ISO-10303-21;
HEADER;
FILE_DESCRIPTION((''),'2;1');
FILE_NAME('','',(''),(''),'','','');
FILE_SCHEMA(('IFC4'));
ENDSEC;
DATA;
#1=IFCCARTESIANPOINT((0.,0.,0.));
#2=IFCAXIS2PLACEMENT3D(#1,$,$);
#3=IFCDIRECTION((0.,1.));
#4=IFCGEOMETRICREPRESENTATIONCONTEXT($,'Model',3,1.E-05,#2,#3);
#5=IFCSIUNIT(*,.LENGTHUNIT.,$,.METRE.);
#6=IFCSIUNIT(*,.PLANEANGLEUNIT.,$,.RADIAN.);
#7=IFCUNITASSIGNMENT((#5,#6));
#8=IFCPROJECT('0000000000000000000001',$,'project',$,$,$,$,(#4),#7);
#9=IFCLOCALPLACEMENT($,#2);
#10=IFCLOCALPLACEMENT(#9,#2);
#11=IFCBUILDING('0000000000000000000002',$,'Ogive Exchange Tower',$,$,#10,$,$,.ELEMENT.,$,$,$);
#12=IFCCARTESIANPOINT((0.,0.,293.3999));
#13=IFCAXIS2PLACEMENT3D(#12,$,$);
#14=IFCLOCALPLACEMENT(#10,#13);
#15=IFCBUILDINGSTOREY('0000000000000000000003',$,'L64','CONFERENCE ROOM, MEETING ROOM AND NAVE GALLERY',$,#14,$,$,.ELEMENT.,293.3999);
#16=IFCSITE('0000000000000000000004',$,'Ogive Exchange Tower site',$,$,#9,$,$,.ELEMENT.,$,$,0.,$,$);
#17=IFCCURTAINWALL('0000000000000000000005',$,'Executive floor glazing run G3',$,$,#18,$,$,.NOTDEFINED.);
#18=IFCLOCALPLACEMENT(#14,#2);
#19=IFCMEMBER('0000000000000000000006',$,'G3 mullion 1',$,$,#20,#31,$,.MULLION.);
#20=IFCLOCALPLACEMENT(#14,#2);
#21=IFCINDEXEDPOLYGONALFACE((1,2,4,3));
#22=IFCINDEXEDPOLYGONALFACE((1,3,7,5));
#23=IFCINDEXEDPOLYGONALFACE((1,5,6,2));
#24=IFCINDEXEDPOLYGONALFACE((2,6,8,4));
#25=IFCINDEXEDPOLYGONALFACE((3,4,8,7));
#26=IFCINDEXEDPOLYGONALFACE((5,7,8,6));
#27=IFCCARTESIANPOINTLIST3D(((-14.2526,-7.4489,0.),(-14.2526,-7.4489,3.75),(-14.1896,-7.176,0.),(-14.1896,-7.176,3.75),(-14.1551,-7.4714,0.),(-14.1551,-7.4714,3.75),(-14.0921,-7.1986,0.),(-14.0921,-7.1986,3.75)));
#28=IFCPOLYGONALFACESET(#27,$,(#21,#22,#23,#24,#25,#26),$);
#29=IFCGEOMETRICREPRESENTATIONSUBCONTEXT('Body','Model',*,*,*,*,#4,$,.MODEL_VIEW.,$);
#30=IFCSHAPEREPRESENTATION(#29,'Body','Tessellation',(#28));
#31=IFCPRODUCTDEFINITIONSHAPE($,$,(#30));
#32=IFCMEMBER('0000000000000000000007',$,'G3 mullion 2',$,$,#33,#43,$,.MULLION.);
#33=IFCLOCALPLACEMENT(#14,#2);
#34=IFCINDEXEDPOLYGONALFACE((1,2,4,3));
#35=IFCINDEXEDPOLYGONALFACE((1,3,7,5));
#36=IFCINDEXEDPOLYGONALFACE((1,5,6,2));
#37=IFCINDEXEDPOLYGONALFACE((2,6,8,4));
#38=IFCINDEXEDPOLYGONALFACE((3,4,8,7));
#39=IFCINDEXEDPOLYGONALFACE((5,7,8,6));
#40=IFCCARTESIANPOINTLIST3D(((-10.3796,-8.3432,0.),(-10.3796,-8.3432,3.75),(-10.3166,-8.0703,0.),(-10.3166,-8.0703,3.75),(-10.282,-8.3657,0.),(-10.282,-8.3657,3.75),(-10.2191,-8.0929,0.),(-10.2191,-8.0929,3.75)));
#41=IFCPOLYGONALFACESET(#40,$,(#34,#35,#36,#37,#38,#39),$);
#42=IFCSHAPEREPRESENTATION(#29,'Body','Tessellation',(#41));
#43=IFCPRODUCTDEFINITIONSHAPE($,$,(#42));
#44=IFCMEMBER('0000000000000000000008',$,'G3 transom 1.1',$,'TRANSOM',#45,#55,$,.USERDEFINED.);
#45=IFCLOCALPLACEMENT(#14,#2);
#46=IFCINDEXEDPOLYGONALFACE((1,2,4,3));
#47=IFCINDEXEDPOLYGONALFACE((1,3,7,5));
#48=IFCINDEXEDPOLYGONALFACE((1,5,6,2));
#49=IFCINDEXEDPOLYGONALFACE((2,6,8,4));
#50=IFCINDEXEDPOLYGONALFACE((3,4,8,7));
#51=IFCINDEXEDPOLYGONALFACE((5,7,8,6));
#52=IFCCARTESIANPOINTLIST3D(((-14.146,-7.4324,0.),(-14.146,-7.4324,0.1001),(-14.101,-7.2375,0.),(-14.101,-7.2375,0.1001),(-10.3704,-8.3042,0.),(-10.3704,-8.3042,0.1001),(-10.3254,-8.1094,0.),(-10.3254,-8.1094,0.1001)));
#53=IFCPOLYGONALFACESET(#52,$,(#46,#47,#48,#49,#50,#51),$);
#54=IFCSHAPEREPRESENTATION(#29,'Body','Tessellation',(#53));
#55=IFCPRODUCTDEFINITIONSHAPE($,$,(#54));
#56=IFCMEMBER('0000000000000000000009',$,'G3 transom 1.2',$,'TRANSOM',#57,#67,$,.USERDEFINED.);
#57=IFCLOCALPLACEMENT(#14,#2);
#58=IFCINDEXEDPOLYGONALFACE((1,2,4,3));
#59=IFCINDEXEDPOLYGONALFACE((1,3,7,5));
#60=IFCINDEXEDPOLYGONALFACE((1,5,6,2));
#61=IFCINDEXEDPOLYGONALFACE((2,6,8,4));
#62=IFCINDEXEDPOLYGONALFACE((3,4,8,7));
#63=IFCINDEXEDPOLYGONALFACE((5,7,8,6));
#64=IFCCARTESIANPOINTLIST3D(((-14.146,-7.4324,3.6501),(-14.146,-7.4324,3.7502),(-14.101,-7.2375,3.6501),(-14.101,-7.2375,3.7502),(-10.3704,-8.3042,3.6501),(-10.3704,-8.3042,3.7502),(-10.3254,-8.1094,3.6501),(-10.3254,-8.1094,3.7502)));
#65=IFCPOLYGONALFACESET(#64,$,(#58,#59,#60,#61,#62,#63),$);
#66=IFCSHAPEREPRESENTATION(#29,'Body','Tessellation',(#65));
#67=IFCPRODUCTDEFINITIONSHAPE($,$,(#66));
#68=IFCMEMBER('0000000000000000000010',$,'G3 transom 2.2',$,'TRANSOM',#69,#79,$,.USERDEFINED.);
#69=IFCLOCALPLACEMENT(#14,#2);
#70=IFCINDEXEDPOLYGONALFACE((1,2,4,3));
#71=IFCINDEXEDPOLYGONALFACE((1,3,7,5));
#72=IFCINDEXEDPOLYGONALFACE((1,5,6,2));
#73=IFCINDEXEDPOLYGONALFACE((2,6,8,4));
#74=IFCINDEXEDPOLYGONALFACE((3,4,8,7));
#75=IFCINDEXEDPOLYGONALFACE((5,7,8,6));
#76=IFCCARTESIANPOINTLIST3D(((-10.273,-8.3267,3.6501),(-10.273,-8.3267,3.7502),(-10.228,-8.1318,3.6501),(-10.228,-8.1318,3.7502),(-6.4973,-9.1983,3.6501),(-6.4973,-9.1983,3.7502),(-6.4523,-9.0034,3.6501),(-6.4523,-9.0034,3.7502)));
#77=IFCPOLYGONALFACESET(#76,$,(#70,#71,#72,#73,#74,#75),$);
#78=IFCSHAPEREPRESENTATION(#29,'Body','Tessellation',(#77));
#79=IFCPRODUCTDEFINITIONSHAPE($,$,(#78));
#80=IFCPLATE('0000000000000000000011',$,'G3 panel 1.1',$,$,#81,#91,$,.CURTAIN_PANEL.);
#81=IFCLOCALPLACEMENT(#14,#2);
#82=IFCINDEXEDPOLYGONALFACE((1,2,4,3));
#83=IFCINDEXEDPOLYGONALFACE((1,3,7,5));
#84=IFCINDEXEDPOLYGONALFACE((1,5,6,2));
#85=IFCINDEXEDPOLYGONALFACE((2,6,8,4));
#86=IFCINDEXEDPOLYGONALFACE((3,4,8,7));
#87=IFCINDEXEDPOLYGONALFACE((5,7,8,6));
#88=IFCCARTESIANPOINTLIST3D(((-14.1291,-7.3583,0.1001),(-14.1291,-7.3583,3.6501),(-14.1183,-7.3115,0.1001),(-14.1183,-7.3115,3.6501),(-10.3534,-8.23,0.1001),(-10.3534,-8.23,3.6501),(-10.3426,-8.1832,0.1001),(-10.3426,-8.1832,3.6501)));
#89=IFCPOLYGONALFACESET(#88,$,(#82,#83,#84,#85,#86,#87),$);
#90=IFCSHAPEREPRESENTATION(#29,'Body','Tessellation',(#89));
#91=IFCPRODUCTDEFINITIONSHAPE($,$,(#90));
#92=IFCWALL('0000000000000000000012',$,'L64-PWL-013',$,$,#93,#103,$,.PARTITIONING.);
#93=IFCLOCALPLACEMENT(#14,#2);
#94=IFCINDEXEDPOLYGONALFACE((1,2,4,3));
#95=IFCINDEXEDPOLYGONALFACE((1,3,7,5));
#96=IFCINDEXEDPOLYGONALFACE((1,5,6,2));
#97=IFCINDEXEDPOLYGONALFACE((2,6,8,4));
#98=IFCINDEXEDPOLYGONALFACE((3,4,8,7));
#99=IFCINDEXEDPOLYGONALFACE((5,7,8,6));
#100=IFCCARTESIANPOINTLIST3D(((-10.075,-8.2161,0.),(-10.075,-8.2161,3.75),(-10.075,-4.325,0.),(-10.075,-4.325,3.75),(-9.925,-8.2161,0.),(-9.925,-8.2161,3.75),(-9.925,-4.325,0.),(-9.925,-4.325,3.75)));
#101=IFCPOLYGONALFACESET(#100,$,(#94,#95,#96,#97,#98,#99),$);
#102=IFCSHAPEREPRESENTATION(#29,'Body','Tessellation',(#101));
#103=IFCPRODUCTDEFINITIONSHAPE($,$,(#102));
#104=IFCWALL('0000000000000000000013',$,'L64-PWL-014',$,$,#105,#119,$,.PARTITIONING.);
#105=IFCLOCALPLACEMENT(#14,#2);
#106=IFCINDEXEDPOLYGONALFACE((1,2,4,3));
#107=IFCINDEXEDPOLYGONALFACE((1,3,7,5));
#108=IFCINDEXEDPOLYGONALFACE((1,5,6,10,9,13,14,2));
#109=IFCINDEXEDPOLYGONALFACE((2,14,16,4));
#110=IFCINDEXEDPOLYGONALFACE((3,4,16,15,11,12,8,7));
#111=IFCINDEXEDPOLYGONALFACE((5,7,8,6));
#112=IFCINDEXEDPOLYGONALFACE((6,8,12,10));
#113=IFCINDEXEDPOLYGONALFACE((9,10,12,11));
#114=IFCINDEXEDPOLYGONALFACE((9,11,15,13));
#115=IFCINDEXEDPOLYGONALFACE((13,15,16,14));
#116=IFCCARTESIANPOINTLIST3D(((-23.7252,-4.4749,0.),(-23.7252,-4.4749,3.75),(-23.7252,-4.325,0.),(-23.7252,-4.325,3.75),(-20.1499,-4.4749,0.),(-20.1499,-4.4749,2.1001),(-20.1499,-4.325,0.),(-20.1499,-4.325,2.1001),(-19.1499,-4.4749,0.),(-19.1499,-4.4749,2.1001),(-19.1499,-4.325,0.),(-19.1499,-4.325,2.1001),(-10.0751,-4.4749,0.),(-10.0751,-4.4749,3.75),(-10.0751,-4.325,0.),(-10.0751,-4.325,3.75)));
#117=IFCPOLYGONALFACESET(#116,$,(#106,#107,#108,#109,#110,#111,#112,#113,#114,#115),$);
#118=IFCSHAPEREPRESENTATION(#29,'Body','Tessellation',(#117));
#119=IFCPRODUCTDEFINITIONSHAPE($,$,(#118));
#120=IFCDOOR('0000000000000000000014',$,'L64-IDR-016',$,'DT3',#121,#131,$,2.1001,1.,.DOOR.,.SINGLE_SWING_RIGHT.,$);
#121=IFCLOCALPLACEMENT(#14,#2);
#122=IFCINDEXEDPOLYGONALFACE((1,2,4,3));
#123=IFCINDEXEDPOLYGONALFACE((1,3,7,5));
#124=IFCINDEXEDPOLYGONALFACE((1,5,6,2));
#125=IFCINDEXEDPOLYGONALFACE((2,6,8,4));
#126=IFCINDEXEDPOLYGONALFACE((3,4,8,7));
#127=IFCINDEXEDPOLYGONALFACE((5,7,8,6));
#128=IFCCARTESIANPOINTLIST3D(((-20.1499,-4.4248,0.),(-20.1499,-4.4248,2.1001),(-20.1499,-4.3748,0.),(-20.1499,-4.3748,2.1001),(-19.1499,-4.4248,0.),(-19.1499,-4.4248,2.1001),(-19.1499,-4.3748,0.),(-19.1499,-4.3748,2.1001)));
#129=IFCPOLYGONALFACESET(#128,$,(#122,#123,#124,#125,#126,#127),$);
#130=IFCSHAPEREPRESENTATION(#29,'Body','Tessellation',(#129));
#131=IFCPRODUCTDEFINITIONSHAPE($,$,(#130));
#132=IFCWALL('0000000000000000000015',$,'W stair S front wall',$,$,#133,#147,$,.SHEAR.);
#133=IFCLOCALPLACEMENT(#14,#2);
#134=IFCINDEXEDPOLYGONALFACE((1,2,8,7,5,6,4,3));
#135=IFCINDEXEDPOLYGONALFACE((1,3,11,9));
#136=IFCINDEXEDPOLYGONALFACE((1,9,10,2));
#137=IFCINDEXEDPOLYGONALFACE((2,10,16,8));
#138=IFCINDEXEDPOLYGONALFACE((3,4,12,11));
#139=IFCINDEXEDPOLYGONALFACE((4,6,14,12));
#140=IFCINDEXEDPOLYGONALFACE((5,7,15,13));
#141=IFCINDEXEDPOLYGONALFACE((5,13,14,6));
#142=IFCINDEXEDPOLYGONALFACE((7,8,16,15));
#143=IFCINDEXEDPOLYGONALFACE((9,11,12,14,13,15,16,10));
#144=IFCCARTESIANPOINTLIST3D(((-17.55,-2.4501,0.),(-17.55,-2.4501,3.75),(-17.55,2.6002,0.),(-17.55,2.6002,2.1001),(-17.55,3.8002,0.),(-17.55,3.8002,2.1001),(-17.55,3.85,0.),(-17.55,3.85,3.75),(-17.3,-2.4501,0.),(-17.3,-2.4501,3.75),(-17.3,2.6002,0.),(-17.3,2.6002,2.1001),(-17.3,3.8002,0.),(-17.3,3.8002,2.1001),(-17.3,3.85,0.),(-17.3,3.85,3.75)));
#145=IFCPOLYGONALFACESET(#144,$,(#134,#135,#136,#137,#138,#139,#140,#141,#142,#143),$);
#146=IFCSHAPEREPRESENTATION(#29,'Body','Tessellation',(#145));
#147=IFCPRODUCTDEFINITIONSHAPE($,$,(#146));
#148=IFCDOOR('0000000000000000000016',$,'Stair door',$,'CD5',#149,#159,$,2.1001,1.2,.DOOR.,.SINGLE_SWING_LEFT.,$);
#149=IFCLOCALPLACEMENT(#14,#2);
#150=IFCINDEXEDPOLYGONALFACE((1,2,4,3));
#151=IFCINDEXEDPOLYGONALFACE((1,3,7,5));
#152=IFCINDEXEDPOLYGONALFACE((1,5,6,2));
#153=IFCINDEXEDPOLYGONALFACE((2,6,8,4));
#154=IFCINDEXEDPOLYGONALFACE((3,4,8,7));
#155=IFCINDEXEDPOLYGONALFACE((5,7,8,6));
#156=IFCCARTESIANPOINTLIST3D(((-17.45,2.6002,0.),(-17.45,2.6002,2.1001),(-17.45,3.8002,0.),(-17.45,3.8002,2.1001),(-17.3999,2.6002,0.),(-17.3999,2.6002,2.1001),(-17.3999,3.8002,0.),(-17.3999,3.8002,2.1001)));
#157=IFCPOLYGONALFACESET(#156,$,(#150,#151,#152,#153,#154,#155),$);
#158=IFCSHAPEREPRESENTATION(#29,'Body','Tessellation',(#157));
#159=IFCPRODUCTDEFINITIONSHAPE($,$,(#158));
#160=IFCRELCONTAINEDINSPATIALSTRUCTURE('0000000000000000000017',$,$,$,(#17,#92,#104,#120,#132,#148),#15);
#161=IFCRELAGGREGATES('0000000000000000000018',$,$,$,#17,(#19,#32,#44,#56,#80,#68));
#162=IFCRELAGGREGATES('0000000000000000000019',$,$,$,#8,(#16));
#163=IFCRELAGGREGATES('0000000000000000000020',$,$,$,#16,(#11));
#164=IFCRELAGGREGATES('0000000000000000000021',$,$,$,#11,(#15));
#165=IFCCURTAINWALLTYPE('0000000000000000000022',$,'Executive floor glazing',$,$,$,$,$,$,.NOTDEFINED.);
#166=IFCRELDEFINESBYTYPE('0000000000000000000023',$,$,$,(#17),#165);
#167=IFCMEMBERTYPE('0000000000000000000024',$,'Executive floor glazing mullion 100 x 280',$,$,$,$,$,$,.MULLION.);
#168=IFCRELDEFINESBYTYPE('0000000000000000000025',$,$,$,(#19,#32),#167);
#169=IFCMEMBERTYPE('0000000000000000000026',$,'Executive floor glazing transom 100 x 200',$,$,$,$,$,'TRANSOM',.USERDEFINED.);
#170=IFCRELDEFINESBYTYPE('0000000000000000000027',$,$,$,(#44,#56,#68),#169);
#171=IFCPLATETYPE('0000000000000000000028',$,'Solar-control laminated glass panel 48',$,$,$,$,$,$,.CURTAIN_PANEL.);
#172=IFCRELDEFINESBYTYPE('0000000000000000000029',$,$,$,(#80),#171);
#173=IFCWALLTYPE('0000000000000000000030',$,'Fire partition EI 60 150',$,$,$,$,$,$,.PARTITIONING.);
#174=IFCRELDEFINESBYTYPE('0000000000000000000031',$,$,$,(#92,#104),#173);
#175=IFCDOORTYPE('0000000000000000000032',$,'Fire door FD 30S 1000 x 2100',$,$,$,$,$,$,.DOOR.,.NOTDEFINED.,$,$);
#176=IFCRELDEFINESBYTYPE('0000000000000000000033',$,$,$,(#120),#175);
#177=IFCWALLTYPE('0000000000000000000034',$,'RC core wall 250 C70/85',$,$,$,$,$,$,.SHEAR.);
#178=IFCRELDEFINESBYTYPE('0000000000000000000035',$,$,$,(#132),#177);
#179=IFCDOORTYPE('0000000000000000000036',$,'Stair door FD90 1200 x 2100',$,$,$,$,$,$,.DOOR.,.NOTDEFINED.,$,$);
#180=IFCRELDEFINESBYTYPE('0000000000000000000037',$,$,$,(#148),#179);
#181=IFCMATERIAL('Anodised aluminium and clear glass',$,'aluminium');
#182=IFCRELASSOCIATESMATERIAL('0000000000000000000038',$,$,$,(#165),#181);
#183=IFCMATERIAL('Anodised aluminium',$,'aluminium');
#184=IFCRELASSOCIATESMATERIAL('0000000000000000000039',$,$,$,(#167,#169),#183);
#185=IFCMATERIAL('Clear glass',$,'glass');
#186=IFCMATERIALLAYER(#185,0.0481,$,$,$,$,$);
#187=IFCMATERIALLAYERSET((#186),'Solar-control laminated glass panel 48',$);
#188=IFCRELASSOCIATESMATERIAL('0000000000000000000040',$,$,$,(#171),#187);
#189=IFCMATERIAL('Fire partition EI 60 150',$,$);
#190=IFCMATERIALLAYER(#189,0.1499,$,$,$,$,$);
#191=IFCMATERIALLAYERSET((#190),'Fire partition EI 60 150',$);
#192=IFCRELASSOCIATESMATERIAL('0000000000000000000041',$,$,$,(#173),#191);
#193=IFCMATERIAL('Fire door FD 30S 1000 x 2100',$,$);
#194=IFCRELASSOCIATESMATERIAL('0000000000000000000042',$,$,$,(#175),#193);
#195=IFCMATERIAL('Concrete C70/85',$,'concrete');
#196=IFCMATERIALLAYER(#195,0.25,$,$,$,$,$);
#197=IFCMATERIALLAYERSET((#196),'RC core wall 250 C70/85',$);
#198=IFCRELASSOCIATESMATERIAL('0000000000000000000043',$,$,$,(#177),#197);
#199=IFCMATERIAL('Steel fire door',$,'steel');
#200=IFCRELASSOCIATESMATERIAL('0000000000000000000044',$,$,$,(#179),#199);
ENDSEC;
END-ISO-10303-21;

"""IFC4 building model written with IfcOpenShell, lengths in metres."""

from ifc_helpers import new_model, si_unit, direction, frame, frame_2d, origin, origin_2d, place, context, subcontext, project, spatial, rectangle, extrude, material, layer, layer_set, material_profile, profile_set, type_object, element, fill, aggregate, save


model = new_model("IFC4")

# Units and contexts
model_context = context("Model", 3, precision=1e-05, world=origin(), true_north=direction((0.0, 1.0)))
body_context = subcontext(model_context, "Body", "Model", "MODEL_VIEW")
ifc_project = project(units=[si_unit("LENGTHUNIT", "METRE"), si_unit("PLANEANGLEUNIT", "RADIAN")], contexts=[model_context])

# Site, building, storey
site_placement = place(None, origin())
site = spatial("IfcSite", under=ifc_project, at=site_placement, Name="Ogive Exchange Tower site", CompositionType="ELEMENT", RefElevation=0.0)
building_placement = place(site_placement, origin())
building = spatial("IfcBuilding", under=site, at=building_placement, Name="Ogive Exchange Tower", CompositionType="ELEMENT")
storey_placement = place(building_placement, frame((0.0, 0.0, 293.3999)))
storey = spatial("IfcBuildingStorey", under=building, at=storey_placement, Name="L64", Description="CONFERENCE ROOM, MEETING ROOM AND NAVE GALLERY", CompositionType="ELEMENT", Elevation=293.3999)

# Curtain wall, members, plate
ifc_material_1 = material(Name="Anodised aluminium and clear glass", Category="aluminium")
curtain_wall_type = type_object("IfcCurtainWallType", Name="Executive floor glazing", PredefinedType="NOTDEFINED", material=ifc_material_1)
curtain_wall_placement = place(storey_placement, origin())
curtain_wall = element("IfcCurtainWall", 1, at=curtain_wall_placement, inside=storey, type_object=curtain_wall_type, Name="Executive floor glazing run G3", PredefinedType="NOTDEFINED")
ifc_material_2 = material(Name="Anodised aluminium", Category="aluminium")
ifc_material_profile_1 = material_profile(ifc_material_2, rectangle(XDim=0.28, YDim=0.1001, at=origin_2d()), Name="AL 100x280")
ifc_profile_set_1 = profile_set([ifc_material_profile_1], Name="Anodised aluminium")
member_type_1 = type_object("IfcMemberType", Name="Executive floor glazing mullion 100 x 280", PredefinedType="MULLION", material=ifc_profile_set_1)
member_1_placement = place(storey_placement, frame((-14.1724, -7.3237, 0.0), z_axis=(0.0, 0.0, 1.0), x_axis=(0.224958, 0.974368, 0.0)))
member_1 = element("IfcMember", 2, at=member_1_placement, type_object=member_type_1, Name="G3 mullion 1", PredefinedType="MULLION", context=body_context, shape_type="SweptSolid", body=[
    extrude(rectangle(XDim=0.28, YDim=0.1001, at=origin_2d()), origin(), (0.0, 0.0, 1.0), 3.75),
])
member_2_placement = place(storey_placement, frame((-10.2993, -8.218, 0.0), z_axis=(0.0, 0.0, 1.0), x_axis=(0.224958, 0.974368, 0.0)))
member_2 = element("IfcMember", 3, at=member_2_placement, type_object=member_type_1, Name="G3 mullion 2", PredefinedType="MULLION", context=body_context, shape_type="SweptSolid", body=[
    extrude(rectangle(XDim=0.28, YDim=0.1001, at=origin_2d()), origin(), (0.0, 0.0, 1.0), 3.75),
])
ifc_material_profile_2 = material_profile(ifc_material_2, rectangle(XDim=0.2, YDim=0.1001, at=origin_2d()), Name="AL 100x200")
ifc_profile_set_2 = profile_set([ifc_material_profile_2], Name="Anodised aluminium")
member_type_2 = type_object("IfcMemberType", Name="Executive floor glazing transom 100 x 200", ElementType="TRANSOM", PredefinedType="USERDEFINED", material=ifc_profile_set_2)
member_3_placement = place(storey_placement, frame((-14.1235, -7.335, 0.05), z_axis=(0.974361, -0.224988, 0.0), x_axis=(0.224988, 0.974361, 0.0)))
member_3 = element("IfcMember", 4, at=member_3_placement, type_object=member_type_2, Name="G3 transom 1.1", ObjectType="TRANSOM", PredefinedType="USERDEFINED", context=body_context, shape_type="SweptSolid", body=[
    extrude(rectangle(XDim=0.2, YDim=0.1001, at=origin_2d()), origin(), (0.0, 0.0, 1.0), 3.875),
])
member_4_placement = place(storey_placement, frame((-14.1235, -7.335, 3.7002), z_axis=(0.974361, -0.224988, 0.0), x_axis=(0.224988, 0.974361, 0.0)))
member_4 = element("IfcMember", 5, at=member_4_placement, type_object=member_type_2, Name="G3 transom 1.2", ObjectType="TRANSOM", PredefinedType="USERDEFINED", context=body_context, shape_type="SweptSolid", body=[
    extrude(rectangle(XDim=0.2, YDim=0.1001, at=origin_2d()), origin(), (0.0, 0.0, 1.0), 3.875),
])
member_5_placement = place(storey_placement, frame((-10.2505, -8.2292, 3.7002), z_axis=(0.974375, -0.224929, 0.0), x_axis=(0.224929, 0.974375, 0.0)))
member_5 = element("IfcMember", 6, at=member_5_placement, type_object=member_type_2, Name="G3 transom 2.2", ObjectType="TRANSOM", PredefinedType="USERDEFINED", context=body_context, shape_type="SweptSolid", body=[
    extrude(rectangle(XDim=0.2, YDim=0.1001, at=origin_2d()), origin(), (0.0, 0.0, 1.0), 3.875),
])
ifc_material_3 = material(Name="Clear glass", Category="glass")
ifc_layer_1 = layer(ifc_material_3, 0.0481)
ifc_layer_set_1 = layer_set([ifc_layer_1], Name="Solar-control laminated glass panel 48")
plate_type = type_object("IfcPlateType", Name="Solar-control laminated glass panel 48", PredefinedType="CURTAIN_PANEL", material=ifc_layer_set_1)
plate_placement = place(storey_placement, frame((-12.2358, -7.7708, 0.1001), z_axis=(0.0, 0.0, 1.0), x_axis=(0.974368, -0.224958, 0.0)))
plate = element("IfcPlate", 7, at=plate_placement, type_object=plate_type, Name="G3 panel 1.1", PredefinedType="CURTAIN_PANEL", context=body_context, shape_type="SweptSolid", body=[
    extrude(rectangle(XDim=3.875, YDim=0.0481, at=origin_2d()), origin(), (0.0, 0.0, 1.0), 3.55),
])
aggregate(curtain_wall, [member_1, member_2, member_3, member_4, plate, member_5])

# Wall
ifc_material_4 = material(Name="Fire partition EI 60 150")
ifc_layer_2 = layer(ifc_material_4, 0.1499)
ifc_layer_set_2 = layer_set([ifc_layer_2], Name="Fire partition EI 60 150")
wall_type_1 = type_object("IfcWallType", Name="Fire partition EI 60 150", PredefinedType="PARTITIONING", material=ifc_layer_set_2)
wall_1_placement = place(storey_placement, frame((-10.0, -8.2161, 0.0), z_axis=(0.0, 0.0, 1.0), x_axis=(0.0, 1.0, 0.0)))
element("IfcWall", 8, at=wall_1_placement, inside=storey, type_object=wall_type_1, Name="L64-PWL-013", PredefinedType="PARTITIONING", context=body_context, shape_type="SweptSolid", body=[
    extrude(rectangle(XDim=3.8911, YDim=0.1499, at=frame_2d((1.9456, 0.0))), origin(), (0.0, 0.0, 1.0), 3.75),
])

# Walls, openings, doors
wall_2_placement = place(storey_placement, frame((-10.075, -4.3999, 0.0), z_axis=(0.0, 0.0, 1.0), x_axis=(-1.0, 0.0, 0.0)))
wall_2 = element("IfcWall", 9, at=wall_2_placement, inside=storey, type_object=wall_type_1, Name="L64-PWL-014", PredefinedType="PARTITIONING", context=body_context, shape_type="SweptSolid", body=[
    extrude(rectangle(XDim=13.6501, YDim=0.1499, at=frame_2d((6.8252, 0.0))), origin(), (0.0, 0.0, 1.0), 3.75),
])
opening_1_placement = place(wall_2_placement, frame((9.075, 0.0, 0.0)))
opening_1 = element("IfcOpeningElement", 10, at=opening_1_placement, cuts=wall_2, PredefinedType="OPENING", context=body_context, shape_type="SweptSolid", body=[
    extrude(rectangle(XDim=1.0, YDim=2.1001, at=frame_2d((0.5, 1.05))), frame((0.0, 0.085, 0.0), z_axis=(0.0, -1.0, 0.0), x_axis=(1.0, 0.0, 0.0)), (0.0, 0.0, 1.0), 0.1699),
])
ifc_material_5 = material(Name="Fire door FD 30S 1000 x 2100")
door_type_1 = type_object("IfcDoorType", Name="Fire door FD 30S 1000 x 2100", OperationType="NOTDEFINED", PredefinedType="DOOR", material=ifc_material_5)
door_1_placement = place(opening_1_placement, origin())
door_1 = element("IfcDoor", 11, at=door_1_placement, inside=storey, type_object=door_type_1, Name="L64-IDR-016", ObjectType="DT3", OperationType="SINGLE_SWING_RIGHT", OverallHeight=2.1001, OverallWidth=1.0, PredefinedType="DOOR", context=body_context, shape_type="SweptSolid", body=[
    extrude(rectangle(XDim=1.0, YDim=2.1001, at=frame_2d((0.5, 1.05))), frame((0.0, 0.0249, 0.0), z_axis=(0.0, -1.0, 0.0), x_axis=(1.0, 0.0, 0.0)), (0.0, 0.0, 1.0), 0.05),
])
fill(opening_1, door_1)
ifc_material_6 = material(Name="Concrete C70/85", Category="concrete")
ifc_layer_3 = layer(ifc_material_6, 0.25)
ifc_layer_set_3 = layer_set([ifc_layer_3], Name="RC core wall 250 C70/85")
wall_type_2 = type_object("IfcWallType", Name="RC core wall 250 C70/85", PredefinedType="SHEAR", material=ifc_layer_set_3)
wall_3_placement = place(storey_placement, frame((-17.425, -2.45, 0.0), z_axis=(0.0, 0.0, 1.0), x_axis=(0.0, 1.0, 0.0)))
wall_3 = element("IfcWall", 12, at=wall_3_placement, inside=storey, type_object=wall_type_2, Name="W stair S front wall", PredefinedType="SHEAR", context=body_context, shape_type="SweptSolid", body=[
    extrude(rectangle(XDim=6.3, YDim=0.25, at=frame_2d((3.1499, 0.0))), origin(), (0.0, 0.0, 1.0), 3.75),
])
opening_2_placement = place(wall_3_placement, frame((5.05, 0.0, 0.0)))
opening_2 = element("IfcOpeningElement", 13, at=opening_2_placement, cuts=wall_3, PredefinedType="OPENING", context=body_context, shape_type="SweptSolid", body=[
    extrude(rectangle(XDim=1.2, YDim=2.1001, at=frame_2d((0.6001, 1.05))), frame((0.0, 0.135, 0.0), z_axis=(0.0, -1.0, 0.0), x_axis=(1.0, 0.0, 0.0)), (0.0, 0.0, 1.0), 0.27),
])
ifc_material_7 = material(Name="Steel fire door", Category="steel")
door_type_2 = type_object("IfcDoorType", Name="Stair door FD90 1200 x 2100", OperationType="NOTDEFINED", PredefinedType="DOOR", material=ifc_material_7)
door_2_placement = place(opening_2_placement, origin())
door_2 = element("IfcDoor", 14, at=door_2_placement, inside=storey, type_object=door_type_2, Name="Stair door", ObjectType="CD5", OperationType="SINGLE_SWING_LEFT", OverallHeight=2.1001, OverallWidth=1.2, PredefinedType="DOOR", context=body_context, shape_type="SweptSolid", body=[
    extrude(rectangle(XDim=1.2, YDim=2.1001, at=frame_2d((0.6001, 1.05))), frame((0.0, 0.0249, 0.0), z_axis=(0.0, -1.0, 0.0), x_axis=(1.0, 0.0, 0.0)), (0.0, 0.0, 1.0), 0.05),
])
fill(opening_2, door_2)

save(model, "model.ifc")
